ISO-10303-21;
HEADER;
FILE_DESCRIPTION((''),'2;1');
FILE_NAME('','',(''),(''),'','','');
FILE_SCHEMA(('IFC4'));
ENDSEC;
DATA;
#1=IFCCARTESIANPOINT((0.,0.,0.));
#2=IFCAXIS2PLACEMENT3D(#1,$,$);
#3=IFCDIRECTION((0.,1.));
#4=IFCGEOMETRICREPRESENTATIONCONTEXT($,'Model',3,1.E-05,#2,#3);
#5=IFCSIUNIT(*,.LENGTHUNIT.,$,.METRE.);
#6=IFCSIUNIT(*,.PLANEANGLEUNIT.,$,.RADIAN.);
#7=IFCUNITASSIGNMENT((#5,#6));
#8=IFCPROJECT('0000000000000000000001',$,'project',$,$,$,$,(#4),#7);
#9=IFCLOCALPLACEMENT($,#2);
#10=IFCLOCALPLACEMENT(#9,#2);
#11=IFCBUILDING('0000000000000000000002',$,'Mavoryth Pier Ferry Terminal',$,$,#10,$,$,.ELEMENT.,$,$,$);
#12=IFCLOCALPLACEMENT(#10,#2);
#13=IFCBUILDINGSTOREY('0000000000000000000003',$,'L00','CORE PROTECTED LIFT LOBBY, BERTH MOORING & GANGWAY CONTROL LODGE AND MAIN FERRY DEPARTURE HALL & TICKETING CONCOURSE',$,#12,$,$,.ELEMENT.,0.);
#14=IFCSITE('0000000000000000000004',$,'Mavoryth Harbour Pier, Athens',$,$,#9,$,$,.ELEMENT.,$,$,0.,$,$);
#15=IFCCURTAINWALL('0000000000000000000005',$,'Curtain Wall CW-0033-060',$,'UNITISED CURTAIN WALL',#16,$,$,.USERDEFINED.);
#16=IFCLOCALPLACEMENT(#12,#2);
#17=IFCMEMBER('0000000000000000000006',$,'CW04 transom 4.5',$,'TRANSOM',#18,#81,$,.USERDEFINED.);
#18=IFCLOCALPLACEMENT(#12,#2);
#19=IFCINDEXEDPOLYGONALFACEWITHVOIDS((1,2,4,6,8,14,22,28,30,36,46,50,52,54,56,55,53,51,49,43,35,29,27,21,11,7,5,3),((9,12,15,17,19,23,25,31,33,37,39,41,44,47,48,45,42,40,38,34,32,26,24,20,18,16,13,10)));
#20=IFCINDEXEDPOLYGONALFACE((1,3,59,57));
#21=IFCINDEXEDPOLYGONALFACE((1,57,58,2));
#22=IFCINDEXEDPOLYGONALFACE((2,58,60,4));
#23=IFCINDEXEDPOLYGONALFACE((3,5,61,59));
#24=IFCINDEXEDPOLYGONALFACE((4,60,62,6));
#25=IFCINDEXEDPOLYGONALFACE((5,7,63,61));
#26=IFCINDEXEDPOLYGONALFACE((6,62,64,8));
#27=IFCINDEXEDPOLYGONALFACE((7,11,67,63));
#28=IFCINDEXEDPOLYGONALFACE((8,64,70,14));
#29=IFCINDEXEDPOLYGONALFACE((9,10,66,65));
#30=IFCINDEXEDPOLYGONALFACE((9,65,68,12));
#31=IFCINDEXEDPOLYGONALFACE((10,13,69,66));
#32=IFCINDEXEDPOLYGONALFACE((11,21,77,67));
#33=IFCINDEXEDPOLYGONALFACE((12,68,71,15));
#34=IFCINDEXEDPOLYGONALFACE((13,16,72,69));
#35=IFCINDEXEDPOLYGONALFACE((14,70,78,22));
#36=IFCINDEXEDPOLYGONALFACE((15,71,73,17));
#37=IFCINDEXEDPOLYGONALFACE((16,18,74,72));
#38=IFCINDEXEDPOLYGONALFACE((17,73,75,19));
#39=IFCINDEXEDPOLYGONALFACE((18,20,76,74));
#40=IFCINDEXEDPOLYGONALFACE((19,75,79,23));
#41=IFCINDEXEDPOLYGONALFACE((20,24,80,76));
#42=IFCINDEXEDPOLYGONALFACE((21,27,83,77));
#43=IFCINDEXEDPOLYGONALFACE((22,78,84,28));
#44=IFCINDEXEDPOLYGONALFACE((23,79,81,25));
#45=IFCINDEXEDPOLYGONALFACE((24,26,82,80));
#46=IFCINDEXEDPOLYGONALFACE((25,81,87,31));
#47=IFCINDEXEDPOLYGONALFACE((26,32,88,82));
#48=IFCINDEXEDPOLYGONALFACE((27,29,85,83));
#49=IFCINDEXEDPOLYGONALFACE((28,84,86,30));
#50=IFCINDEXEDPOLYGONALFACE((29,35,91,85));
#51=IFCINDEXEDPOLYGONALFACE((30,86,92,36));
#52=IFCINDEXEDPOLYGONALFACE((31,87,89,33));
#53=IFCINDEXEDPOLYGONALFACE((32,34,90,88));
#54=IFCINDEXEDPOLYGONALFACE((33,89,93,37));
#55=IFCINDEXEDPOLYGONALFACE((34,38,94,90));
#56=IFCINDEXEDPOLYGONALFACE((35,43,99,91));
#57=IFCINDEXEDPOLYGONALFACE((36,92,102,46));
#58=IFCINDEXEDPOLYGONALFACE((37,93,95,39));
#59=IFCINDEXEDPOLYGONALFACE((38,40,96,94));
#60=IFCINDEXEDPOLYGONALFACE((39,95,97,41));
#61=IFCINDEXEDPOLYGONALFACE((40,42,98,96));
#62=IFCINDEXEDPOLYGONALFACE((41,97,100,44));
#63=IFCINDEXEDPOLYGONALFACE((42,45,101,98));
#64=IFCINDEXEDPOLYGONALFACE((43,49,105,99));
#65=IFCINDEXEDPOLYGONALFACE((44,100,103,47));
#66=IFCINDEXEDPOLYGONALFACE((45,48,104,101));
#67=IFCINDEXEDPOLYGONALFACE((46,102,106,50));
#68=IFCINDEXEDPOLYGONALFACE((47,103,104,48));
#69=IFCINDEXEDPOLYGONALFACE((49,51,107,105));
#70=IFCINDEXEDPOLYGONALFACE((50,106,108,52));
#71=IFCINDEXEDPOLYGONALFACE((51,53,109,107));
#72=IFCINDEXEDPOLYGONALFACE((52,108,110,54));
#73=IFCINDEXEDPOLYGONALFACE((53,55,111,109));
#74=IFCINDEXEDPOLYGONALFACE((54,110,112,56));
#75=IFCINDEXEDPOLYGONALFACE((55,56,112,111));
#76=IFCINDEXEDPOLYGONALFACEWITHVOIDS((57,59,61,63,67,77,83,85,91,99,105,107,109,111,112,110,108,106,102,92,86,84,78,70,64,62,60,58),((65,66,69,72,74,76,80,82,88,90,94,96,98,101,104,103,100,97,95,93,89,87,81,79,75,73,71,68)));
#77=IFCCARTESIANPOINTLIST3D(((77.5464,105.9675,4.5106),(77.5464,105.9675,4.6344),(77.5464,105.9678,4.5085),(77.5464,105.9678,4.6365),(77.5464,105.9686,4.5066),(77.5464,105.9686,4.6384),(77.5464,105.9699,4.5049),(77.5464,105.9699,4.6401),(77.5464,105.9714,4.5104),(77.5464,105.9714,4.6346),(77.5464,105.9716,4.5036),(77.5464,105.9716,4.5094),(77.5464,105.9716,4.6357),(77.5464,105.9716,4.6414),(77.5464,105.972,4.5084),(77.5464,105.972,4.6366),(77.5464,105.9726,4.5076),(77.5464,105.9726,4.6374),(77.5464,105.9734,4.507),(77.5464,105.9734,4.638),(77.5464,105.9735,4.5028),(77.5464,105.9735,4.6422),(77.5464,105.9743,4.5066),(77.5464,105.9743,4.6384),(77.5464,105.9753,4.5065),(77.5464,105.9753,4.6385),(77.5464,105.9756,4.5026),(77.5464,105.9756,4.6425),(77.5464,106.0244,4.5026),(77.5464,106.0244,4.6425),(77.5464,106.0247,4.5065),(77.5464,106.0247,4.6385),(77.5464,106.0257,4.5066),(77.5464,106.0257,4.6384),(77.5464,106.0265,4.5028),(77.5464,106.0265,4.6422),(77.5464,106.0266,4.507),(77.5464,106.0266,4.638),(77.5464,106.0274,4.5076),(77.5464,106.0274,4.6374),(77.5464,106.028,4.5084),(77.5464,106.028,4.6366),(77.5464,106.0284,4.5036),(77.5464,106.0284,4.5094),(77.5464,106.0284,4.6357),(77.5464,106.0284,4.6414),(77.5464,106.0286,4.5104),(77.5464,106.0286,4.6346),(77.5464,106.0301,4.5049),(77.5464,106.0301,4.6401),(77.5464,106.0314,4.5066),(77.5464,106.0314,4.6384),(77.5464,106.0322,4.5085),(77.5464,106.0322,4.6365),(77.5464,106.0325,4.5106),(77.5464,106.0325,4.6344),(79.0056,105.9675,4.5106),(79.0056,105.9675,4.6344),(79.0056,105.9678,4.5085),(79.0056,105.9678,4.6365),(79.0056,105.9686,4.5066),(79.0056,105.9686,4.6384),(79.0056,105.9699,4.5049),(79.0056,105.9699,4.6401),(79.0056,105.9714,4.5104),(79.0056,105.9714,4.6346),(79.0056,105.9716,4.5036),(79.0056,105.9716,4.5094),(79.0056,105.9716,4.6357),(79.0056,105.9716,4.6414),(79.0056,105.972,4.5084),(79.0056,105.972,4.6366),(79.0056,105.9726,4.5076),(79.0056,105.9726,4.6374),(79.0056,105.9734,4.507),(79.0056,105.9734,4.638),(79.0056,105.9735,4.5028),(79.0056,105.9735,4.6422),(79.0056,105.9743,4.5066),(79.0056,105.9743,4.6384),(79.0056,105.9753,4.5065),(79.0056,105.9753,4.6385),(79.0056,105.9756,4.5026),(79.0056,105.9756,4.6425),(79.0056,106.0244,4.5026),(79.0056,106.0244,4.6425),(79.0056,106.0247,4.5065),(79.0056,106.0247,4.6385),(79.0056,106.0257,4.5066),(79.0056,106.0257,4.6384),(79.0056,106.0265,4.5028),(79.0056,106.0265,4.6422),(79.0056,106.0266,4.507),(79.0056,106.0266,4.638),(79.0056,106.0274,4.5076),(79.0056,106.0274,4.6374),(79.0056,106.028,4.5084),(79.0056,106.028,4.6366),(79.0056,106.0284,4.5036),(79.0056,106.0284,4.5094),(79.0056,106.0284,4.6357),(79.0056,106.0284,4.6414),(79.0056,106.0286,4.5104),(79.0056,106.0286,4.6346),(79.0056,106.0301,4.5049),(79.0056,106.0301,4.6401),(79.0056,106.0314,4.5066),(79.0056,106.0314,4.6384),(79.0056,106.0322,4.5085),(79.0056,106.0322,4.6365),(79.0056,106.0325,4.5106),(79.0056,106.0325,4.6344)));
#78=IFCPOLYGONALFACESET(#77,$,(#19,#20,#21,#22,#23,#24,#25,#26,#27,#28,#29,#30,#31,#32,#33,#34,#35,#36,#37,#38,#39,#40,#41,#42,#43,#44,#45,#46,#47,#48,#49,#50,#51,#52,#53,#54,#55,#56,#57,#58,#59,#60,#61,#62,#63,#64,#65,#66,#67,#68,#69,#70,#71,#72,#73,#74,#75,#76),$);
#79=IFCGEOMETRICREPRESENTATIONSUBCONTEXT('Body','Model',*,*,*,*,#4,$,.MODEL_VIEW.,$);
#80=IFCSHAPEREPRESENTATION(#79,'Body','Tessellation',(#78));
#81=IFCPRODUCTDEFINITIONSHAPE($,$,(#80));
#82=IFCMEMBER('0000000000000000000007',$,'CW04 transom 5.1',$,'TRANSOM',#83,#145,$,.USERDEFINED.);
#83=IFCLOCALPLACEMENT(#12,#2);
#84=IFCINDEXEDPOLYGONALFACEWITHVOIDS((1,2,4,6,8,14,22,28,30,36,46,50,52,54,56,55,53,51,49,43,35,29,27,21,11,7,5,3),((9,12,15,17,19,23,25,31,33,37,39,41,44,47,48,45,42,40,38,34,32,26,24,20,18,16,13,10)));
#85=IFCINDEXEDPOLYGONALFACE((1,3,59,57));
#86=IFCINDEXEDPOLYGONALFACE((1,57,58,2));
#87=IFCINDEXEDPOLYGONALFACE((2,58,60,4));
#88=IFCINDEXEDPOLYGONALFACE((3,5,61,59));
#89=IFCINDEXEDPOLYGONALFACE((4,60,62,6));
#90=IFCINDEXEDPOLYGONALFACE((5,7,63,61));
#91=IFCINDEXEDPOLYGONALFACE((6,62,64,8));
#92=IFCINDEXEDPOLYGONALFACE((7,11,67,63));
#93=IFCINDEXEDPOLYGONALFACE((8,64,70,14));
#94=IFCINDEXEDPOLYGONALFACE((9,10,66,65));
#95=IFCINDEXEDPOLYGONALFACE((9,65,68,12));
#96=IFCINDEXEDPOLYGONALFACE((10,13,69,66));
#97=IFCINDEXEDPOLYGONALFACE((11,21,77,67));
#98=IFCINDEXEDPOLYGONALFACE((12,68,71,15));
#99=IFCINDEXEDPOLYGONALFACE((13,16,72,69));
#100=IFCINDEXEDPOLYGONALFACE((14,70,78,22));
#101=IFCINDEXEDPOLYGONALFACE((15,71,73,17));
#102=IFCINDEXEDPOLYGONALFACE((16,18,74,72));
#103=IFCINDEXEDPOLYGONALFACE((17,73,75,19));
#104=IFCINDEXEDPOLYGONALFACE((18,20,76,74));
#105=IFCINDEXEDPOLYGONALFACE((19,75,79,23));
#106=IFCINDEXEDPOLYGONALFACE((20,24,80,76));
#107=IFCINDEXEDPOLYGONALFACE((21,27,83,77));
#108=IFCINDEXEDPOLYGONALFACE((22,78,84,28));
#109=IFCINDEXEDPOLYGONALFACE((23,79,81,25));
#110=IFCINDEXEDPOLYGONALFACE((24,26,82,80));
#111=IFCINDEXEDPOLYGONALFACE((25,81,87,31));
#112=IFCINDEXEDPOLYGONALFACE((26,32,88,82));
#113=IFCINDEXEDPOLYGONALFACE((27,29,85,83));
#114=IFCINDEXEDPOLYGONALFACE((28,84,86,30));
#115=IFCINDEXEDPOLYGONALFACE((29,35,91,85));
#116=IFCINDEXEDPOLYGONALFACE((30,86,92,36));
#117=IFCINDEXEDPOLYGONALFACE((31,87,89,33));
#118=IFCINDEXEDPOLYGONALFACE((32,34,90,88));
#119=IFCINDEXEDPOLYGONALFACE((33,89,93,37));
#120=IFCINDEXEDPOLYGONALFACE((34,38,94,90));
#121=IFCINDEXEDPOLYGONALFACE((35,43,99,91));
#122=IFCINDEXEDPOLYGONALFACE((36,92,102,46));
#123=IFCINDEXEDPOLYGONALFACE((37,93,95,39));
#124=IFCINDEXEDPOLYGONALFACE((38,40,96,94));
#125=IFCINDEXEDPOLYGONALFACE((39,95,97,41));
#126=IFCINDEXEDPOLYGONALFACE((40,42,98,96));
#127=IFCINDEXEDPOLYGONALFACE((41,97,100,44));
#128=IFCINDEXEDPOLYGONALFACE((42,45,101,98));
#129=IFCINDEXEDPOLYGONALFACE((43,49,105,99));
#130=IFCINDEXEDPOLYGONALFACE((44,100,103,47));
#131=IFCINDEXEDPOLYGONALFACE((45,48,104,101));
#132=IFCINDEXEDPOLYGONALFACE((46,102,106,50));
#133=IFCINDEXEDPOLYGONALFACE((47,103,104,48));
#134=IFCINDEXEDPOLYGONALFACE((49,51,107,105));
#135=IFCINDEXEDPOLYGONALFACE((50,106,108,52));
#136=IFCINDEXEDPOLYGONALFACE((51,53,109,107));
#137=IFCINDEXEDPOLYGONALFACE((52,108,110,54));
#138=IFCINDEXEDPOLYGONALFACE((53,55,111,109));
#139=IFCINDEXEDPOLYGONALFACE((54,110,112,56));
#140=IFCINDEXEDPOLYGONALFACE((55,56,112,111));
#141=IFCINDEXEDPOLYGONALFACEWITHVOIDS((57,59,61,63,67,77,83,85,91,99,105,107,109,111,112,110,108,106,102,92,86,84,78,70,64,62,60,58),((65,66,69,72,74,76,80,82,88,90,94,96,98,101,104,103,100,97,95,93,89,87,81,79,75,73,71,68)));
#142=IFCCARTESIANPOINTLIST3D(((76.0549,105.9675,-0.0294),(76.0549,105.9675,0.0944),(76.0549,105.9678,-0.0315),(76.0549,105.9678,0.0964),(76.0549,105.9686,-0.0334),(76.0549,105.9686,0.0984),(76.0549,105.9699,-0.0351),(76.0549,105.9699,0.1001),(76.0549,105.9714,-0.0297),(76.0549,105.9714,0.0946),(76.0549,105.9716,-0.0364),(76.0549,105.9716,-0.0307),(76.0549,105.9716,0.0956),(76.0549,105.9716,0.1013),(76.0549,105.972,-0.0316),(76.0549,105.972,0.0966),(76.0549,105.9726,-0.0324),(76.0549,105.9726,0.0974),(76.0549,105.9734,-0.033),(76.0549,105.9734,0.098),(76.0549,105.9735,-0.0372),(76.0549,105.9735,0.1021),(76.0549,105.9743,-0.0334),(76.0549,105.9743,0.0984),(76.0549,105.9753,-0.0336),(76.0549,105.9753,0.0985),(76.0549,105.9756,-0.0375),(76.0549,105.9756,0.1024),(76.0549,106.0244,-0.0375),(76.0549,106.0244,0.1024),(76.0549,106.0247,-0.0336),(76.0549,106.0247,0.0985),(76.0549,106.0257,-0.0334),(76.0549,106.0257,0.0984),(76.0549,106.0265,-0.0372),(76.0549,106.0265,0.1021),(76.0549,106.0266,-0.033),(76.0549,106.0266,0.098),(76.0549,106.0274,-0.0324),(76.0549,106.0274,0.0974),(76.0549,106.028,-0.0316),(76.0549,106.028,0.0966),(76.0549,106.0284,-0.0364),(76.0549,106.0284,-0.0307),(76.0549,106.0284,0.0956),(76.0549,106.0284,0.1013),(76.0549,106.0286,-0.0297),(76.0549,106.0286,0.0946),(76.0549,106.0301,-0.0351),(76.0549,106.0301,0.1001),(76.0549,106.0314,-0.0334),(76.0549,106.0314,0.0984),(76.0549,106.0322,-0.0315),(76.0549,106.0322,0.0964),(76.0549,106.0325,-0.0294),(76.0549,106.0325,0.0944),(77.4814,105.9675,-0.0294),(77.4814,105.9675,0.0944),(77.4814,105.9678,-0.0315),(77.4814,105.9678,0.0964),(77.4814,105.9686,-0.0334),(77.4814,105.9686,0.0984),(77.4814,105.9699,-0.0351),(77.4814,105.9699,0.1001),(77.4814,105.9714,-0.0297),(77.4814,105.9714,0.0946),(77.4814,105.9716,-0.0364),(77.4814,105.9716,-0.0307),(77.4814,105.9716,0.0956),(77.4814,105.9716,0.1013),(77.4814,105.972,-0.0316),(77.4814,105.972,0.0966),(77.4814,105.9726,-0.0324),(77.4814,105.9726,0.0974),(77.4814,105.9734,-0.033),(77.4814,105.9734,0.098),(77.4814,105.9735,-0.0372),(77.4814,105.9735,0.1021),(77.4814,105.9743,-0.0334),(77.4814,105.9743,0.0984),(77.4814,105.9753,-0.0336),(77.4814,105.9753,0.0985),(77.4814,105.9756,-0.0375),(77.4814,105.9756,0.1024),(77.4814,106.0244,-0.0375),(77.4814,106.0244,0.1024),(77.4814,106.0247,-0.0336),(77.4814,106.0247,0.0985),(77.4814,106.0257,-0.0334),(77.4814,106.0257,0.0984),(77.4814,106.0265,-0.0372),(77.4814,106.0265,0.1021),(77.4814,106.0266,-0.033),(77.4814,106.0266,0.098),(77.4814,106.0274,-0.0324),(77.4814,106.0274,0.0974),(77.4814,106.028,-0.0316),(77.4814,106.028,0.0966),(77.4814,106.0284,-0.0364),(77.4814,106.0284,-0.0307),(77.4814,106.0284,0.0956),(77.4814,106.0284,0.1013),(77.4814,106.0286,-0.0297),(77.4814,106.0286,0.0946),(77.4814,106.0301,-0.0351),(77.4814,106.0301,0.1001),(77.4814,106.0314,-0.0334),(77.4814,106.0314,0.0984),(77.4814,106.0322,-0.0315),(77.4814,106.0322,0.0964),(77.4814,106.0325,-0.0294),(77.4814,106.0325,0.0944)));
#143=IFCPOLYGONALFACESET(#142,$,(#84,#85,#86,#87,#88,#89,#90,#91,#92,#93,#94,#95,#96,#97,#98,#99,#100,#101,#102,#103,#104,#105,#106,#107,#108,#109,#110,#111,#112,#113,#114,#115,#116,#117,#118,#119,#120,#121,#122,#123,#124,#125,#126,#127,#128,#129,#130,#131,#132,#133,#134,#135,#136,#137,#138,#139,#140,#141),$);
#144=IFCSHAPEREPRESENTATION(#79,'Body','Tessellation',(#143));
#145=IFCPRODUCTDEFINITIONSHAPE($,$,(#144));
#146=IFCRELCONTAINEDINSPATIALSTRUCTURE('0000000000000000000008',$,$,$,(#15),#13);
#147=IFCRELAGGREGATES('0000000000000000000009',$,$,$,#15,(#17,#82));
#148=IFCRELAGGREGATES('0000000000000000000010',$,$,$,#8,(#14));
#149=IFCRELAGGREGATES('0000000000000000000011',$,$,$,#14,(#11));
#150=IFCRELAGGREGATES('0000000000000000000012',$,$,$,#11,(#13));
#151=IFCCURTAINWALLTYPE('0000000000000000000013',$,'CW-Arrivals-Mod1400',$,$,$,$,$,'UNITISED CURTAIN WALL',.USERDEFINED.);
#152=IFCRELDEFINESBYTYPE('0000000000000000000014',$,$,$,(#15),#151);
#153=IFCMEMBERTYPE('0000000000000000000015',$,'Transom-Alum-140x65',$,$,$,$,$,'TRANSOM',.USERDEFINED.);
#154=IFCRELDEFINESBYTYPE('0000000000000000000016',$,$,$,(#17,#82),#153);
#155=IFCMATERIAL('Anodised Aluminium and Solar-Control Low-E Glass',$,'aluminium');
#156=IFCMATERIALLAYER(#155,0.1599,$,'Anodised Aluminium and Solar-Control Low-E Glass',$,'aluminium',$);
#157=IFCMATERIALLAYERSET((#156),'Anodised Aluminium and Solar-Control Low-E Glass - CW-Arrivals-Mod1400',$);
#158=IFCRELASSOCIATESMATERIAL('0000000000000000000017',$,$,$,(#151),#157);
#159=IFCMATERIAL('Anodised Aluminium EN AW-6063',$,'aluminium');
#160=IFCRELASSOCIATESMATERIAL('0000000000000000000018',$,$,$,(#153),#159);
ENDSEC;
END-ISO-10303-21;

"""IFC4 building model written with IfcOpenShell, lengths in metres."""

from ifc_helpers import new_model, si_unit, direction, frame, origin, origin_2d, place, context, subcontext, project, spatial, hollow_rectangle, extrude, material, layer, layer_set, material_profile, profile_set, type_object, element, aggregate, save


model = new_model("IFC4")

# Units and contexts
model_context = context("Model", 3, precision=1e-05, world=origin(), true_north=direction((0.0, 1.0)))
body_context = subcontext(model_context, "Body", "Model", "MODEL_VIEW")
ifc_project = project(units=[si_unit("LENGTHUNIT", "METRE"), si_unit("PLANEANGLEUNIT", "RADIAN")], contexts=[model_context])

# Site, building, storey
site_placement = place(None, origin())
site = spatial("IfcSite", under=ifc_project, at=site_placement, Name="Mavoryth Harbour Pier, Athens", CompositionType="ELEMENT", RefElevation=0.0)
building_placement = place(site_placement, origin())
building = spatial("IfcBuilding", under=site, at=building_placement, Name="Mavoryth Pier Ferry Terminal", CompositionType="ELEMENT")
storey_placement = place(building_placement, origin())
storey = spatial("IfcBuildingStorey", under=building, at=storey_placement, Name="L00", Description="CORE PROTECTED LIFT LOBBY, BERTH MOORING & GANGWAY CONTROL LODGE AND MAIN FERRY DEPARTURE HALL & TICKETING CONCOURSE", CompositionType="ELEMENT", Elevation=0.0)

# Curtain wall, members
ifc_material_1 = material(Name="Anodised Aluminium and Solar-Control Low-E Glass", Category="aluminium")
ifc_layer_1 = layer(ifc_material_1, 0.1599, Name="Anodised Aluminium and Solar-Control Low-E Glass", Category="aluminium")
ifc_layer_set_1 = layer_set([ifc_layer_1], Name="Anodised Aluminium and Solar-Control Low-E Glass - CW-Arrivals-Mod1400")
curtain_wall_type = type_object("IfcCurtainWallType", Name="CW-Arrivals-Mod1400", ElementType="UNITISED CURTAIN WALL", PredefinedType="USERDEFINED", material=ifc_layer_set_1)
curtain_wall_placement = place(storey_placement, origin())
curtain_wall = element("IfcCurtainWall", 1, at=curtain_wall_placement, inside=storey, type_object=curtain_wall_type, Name="Curtain Wall CW-0033-060", ObjectType="UNITISED CURTAIN WALL", PredefinedType="USERDEFINED")
ifc_material_2 = material(Name="Anodised Aluminium EN AW-6063", Category="aluminium")
ifc_material_profile_1 = material_profile(ifc_material_2, hollow_rectangle(XDim=0.0649, YDim=0.1399, WallThickness=0.0039, InnerFilletRadius=0.0039, OuterFilletRadius=0.0081, at=origin_2d()), Name="AL-TRAN 140x65x4", Category="aluminium")
ifc_profile_set_1 = profile_set([ifc_material_profile_1], Name="Anodised Aluminium EN AW-6063 - AL-TRAN 140x65x4")
member_type_1 = type_object("IfcMemberType", Name="Transom-Alum-140x65", ElementType="TRANSOM", PredefinedType="USERDEFINED", material=ifc_profile_set_1)
member_1_placement = place(storey_placement, frame((79.0056, 106.0, 4.5725), z_axis=(-1.0, 0.0, 0.0), x_axis=(0.0, -1.0, 0.0)))
member_1 = element("IfcMember", 2, at=member_1_placement, type_object=member_type_1, Name="CW04 transom 4.5", ObjectType="TRANSOM", PredefinedType="USERDEFINED", context=body_context, shape_type="SweptSolid", body=[
    extrude(hollow_rectangle(XDim=0.0649, YDim=0.1399, WallThickness=0.0039, InnerFilletRadius=0.0039, OuterFilletRadius=0.0081, at=origin_2d()), origin(), (0.0, 0.0, 1.0), 1.4592),
])
member_2_placement = place(storey_placement, frame((77.4814, 106.0, 0.0325), z_axis=(-1.0, 0.0, 0.0), x_axis=(0.0, -1.0, 0.0)))
member_2 = element("IfcMember", 3, at=member_2_placement, type_object=member_type_1, Name="CW04 transom 5.1", ObjectType="TRANSOM", PredefinedType="USERDEFINED", context=body_context, shape_type="SweptSolid", body=[
    extrude(hollow_rectangle(XDim=0.0649, YDim=0.1399, WallThickness=0.0039, InnerFilletRadius=0.0039, OuterFilletRadius=0.0081, at=origin_2d()), origin(), (0.0, 0.0, 1.0), 1.4265),
])
aggregate(curtain_wall, [member_1, member_2])

save(model, "model.ifc")
